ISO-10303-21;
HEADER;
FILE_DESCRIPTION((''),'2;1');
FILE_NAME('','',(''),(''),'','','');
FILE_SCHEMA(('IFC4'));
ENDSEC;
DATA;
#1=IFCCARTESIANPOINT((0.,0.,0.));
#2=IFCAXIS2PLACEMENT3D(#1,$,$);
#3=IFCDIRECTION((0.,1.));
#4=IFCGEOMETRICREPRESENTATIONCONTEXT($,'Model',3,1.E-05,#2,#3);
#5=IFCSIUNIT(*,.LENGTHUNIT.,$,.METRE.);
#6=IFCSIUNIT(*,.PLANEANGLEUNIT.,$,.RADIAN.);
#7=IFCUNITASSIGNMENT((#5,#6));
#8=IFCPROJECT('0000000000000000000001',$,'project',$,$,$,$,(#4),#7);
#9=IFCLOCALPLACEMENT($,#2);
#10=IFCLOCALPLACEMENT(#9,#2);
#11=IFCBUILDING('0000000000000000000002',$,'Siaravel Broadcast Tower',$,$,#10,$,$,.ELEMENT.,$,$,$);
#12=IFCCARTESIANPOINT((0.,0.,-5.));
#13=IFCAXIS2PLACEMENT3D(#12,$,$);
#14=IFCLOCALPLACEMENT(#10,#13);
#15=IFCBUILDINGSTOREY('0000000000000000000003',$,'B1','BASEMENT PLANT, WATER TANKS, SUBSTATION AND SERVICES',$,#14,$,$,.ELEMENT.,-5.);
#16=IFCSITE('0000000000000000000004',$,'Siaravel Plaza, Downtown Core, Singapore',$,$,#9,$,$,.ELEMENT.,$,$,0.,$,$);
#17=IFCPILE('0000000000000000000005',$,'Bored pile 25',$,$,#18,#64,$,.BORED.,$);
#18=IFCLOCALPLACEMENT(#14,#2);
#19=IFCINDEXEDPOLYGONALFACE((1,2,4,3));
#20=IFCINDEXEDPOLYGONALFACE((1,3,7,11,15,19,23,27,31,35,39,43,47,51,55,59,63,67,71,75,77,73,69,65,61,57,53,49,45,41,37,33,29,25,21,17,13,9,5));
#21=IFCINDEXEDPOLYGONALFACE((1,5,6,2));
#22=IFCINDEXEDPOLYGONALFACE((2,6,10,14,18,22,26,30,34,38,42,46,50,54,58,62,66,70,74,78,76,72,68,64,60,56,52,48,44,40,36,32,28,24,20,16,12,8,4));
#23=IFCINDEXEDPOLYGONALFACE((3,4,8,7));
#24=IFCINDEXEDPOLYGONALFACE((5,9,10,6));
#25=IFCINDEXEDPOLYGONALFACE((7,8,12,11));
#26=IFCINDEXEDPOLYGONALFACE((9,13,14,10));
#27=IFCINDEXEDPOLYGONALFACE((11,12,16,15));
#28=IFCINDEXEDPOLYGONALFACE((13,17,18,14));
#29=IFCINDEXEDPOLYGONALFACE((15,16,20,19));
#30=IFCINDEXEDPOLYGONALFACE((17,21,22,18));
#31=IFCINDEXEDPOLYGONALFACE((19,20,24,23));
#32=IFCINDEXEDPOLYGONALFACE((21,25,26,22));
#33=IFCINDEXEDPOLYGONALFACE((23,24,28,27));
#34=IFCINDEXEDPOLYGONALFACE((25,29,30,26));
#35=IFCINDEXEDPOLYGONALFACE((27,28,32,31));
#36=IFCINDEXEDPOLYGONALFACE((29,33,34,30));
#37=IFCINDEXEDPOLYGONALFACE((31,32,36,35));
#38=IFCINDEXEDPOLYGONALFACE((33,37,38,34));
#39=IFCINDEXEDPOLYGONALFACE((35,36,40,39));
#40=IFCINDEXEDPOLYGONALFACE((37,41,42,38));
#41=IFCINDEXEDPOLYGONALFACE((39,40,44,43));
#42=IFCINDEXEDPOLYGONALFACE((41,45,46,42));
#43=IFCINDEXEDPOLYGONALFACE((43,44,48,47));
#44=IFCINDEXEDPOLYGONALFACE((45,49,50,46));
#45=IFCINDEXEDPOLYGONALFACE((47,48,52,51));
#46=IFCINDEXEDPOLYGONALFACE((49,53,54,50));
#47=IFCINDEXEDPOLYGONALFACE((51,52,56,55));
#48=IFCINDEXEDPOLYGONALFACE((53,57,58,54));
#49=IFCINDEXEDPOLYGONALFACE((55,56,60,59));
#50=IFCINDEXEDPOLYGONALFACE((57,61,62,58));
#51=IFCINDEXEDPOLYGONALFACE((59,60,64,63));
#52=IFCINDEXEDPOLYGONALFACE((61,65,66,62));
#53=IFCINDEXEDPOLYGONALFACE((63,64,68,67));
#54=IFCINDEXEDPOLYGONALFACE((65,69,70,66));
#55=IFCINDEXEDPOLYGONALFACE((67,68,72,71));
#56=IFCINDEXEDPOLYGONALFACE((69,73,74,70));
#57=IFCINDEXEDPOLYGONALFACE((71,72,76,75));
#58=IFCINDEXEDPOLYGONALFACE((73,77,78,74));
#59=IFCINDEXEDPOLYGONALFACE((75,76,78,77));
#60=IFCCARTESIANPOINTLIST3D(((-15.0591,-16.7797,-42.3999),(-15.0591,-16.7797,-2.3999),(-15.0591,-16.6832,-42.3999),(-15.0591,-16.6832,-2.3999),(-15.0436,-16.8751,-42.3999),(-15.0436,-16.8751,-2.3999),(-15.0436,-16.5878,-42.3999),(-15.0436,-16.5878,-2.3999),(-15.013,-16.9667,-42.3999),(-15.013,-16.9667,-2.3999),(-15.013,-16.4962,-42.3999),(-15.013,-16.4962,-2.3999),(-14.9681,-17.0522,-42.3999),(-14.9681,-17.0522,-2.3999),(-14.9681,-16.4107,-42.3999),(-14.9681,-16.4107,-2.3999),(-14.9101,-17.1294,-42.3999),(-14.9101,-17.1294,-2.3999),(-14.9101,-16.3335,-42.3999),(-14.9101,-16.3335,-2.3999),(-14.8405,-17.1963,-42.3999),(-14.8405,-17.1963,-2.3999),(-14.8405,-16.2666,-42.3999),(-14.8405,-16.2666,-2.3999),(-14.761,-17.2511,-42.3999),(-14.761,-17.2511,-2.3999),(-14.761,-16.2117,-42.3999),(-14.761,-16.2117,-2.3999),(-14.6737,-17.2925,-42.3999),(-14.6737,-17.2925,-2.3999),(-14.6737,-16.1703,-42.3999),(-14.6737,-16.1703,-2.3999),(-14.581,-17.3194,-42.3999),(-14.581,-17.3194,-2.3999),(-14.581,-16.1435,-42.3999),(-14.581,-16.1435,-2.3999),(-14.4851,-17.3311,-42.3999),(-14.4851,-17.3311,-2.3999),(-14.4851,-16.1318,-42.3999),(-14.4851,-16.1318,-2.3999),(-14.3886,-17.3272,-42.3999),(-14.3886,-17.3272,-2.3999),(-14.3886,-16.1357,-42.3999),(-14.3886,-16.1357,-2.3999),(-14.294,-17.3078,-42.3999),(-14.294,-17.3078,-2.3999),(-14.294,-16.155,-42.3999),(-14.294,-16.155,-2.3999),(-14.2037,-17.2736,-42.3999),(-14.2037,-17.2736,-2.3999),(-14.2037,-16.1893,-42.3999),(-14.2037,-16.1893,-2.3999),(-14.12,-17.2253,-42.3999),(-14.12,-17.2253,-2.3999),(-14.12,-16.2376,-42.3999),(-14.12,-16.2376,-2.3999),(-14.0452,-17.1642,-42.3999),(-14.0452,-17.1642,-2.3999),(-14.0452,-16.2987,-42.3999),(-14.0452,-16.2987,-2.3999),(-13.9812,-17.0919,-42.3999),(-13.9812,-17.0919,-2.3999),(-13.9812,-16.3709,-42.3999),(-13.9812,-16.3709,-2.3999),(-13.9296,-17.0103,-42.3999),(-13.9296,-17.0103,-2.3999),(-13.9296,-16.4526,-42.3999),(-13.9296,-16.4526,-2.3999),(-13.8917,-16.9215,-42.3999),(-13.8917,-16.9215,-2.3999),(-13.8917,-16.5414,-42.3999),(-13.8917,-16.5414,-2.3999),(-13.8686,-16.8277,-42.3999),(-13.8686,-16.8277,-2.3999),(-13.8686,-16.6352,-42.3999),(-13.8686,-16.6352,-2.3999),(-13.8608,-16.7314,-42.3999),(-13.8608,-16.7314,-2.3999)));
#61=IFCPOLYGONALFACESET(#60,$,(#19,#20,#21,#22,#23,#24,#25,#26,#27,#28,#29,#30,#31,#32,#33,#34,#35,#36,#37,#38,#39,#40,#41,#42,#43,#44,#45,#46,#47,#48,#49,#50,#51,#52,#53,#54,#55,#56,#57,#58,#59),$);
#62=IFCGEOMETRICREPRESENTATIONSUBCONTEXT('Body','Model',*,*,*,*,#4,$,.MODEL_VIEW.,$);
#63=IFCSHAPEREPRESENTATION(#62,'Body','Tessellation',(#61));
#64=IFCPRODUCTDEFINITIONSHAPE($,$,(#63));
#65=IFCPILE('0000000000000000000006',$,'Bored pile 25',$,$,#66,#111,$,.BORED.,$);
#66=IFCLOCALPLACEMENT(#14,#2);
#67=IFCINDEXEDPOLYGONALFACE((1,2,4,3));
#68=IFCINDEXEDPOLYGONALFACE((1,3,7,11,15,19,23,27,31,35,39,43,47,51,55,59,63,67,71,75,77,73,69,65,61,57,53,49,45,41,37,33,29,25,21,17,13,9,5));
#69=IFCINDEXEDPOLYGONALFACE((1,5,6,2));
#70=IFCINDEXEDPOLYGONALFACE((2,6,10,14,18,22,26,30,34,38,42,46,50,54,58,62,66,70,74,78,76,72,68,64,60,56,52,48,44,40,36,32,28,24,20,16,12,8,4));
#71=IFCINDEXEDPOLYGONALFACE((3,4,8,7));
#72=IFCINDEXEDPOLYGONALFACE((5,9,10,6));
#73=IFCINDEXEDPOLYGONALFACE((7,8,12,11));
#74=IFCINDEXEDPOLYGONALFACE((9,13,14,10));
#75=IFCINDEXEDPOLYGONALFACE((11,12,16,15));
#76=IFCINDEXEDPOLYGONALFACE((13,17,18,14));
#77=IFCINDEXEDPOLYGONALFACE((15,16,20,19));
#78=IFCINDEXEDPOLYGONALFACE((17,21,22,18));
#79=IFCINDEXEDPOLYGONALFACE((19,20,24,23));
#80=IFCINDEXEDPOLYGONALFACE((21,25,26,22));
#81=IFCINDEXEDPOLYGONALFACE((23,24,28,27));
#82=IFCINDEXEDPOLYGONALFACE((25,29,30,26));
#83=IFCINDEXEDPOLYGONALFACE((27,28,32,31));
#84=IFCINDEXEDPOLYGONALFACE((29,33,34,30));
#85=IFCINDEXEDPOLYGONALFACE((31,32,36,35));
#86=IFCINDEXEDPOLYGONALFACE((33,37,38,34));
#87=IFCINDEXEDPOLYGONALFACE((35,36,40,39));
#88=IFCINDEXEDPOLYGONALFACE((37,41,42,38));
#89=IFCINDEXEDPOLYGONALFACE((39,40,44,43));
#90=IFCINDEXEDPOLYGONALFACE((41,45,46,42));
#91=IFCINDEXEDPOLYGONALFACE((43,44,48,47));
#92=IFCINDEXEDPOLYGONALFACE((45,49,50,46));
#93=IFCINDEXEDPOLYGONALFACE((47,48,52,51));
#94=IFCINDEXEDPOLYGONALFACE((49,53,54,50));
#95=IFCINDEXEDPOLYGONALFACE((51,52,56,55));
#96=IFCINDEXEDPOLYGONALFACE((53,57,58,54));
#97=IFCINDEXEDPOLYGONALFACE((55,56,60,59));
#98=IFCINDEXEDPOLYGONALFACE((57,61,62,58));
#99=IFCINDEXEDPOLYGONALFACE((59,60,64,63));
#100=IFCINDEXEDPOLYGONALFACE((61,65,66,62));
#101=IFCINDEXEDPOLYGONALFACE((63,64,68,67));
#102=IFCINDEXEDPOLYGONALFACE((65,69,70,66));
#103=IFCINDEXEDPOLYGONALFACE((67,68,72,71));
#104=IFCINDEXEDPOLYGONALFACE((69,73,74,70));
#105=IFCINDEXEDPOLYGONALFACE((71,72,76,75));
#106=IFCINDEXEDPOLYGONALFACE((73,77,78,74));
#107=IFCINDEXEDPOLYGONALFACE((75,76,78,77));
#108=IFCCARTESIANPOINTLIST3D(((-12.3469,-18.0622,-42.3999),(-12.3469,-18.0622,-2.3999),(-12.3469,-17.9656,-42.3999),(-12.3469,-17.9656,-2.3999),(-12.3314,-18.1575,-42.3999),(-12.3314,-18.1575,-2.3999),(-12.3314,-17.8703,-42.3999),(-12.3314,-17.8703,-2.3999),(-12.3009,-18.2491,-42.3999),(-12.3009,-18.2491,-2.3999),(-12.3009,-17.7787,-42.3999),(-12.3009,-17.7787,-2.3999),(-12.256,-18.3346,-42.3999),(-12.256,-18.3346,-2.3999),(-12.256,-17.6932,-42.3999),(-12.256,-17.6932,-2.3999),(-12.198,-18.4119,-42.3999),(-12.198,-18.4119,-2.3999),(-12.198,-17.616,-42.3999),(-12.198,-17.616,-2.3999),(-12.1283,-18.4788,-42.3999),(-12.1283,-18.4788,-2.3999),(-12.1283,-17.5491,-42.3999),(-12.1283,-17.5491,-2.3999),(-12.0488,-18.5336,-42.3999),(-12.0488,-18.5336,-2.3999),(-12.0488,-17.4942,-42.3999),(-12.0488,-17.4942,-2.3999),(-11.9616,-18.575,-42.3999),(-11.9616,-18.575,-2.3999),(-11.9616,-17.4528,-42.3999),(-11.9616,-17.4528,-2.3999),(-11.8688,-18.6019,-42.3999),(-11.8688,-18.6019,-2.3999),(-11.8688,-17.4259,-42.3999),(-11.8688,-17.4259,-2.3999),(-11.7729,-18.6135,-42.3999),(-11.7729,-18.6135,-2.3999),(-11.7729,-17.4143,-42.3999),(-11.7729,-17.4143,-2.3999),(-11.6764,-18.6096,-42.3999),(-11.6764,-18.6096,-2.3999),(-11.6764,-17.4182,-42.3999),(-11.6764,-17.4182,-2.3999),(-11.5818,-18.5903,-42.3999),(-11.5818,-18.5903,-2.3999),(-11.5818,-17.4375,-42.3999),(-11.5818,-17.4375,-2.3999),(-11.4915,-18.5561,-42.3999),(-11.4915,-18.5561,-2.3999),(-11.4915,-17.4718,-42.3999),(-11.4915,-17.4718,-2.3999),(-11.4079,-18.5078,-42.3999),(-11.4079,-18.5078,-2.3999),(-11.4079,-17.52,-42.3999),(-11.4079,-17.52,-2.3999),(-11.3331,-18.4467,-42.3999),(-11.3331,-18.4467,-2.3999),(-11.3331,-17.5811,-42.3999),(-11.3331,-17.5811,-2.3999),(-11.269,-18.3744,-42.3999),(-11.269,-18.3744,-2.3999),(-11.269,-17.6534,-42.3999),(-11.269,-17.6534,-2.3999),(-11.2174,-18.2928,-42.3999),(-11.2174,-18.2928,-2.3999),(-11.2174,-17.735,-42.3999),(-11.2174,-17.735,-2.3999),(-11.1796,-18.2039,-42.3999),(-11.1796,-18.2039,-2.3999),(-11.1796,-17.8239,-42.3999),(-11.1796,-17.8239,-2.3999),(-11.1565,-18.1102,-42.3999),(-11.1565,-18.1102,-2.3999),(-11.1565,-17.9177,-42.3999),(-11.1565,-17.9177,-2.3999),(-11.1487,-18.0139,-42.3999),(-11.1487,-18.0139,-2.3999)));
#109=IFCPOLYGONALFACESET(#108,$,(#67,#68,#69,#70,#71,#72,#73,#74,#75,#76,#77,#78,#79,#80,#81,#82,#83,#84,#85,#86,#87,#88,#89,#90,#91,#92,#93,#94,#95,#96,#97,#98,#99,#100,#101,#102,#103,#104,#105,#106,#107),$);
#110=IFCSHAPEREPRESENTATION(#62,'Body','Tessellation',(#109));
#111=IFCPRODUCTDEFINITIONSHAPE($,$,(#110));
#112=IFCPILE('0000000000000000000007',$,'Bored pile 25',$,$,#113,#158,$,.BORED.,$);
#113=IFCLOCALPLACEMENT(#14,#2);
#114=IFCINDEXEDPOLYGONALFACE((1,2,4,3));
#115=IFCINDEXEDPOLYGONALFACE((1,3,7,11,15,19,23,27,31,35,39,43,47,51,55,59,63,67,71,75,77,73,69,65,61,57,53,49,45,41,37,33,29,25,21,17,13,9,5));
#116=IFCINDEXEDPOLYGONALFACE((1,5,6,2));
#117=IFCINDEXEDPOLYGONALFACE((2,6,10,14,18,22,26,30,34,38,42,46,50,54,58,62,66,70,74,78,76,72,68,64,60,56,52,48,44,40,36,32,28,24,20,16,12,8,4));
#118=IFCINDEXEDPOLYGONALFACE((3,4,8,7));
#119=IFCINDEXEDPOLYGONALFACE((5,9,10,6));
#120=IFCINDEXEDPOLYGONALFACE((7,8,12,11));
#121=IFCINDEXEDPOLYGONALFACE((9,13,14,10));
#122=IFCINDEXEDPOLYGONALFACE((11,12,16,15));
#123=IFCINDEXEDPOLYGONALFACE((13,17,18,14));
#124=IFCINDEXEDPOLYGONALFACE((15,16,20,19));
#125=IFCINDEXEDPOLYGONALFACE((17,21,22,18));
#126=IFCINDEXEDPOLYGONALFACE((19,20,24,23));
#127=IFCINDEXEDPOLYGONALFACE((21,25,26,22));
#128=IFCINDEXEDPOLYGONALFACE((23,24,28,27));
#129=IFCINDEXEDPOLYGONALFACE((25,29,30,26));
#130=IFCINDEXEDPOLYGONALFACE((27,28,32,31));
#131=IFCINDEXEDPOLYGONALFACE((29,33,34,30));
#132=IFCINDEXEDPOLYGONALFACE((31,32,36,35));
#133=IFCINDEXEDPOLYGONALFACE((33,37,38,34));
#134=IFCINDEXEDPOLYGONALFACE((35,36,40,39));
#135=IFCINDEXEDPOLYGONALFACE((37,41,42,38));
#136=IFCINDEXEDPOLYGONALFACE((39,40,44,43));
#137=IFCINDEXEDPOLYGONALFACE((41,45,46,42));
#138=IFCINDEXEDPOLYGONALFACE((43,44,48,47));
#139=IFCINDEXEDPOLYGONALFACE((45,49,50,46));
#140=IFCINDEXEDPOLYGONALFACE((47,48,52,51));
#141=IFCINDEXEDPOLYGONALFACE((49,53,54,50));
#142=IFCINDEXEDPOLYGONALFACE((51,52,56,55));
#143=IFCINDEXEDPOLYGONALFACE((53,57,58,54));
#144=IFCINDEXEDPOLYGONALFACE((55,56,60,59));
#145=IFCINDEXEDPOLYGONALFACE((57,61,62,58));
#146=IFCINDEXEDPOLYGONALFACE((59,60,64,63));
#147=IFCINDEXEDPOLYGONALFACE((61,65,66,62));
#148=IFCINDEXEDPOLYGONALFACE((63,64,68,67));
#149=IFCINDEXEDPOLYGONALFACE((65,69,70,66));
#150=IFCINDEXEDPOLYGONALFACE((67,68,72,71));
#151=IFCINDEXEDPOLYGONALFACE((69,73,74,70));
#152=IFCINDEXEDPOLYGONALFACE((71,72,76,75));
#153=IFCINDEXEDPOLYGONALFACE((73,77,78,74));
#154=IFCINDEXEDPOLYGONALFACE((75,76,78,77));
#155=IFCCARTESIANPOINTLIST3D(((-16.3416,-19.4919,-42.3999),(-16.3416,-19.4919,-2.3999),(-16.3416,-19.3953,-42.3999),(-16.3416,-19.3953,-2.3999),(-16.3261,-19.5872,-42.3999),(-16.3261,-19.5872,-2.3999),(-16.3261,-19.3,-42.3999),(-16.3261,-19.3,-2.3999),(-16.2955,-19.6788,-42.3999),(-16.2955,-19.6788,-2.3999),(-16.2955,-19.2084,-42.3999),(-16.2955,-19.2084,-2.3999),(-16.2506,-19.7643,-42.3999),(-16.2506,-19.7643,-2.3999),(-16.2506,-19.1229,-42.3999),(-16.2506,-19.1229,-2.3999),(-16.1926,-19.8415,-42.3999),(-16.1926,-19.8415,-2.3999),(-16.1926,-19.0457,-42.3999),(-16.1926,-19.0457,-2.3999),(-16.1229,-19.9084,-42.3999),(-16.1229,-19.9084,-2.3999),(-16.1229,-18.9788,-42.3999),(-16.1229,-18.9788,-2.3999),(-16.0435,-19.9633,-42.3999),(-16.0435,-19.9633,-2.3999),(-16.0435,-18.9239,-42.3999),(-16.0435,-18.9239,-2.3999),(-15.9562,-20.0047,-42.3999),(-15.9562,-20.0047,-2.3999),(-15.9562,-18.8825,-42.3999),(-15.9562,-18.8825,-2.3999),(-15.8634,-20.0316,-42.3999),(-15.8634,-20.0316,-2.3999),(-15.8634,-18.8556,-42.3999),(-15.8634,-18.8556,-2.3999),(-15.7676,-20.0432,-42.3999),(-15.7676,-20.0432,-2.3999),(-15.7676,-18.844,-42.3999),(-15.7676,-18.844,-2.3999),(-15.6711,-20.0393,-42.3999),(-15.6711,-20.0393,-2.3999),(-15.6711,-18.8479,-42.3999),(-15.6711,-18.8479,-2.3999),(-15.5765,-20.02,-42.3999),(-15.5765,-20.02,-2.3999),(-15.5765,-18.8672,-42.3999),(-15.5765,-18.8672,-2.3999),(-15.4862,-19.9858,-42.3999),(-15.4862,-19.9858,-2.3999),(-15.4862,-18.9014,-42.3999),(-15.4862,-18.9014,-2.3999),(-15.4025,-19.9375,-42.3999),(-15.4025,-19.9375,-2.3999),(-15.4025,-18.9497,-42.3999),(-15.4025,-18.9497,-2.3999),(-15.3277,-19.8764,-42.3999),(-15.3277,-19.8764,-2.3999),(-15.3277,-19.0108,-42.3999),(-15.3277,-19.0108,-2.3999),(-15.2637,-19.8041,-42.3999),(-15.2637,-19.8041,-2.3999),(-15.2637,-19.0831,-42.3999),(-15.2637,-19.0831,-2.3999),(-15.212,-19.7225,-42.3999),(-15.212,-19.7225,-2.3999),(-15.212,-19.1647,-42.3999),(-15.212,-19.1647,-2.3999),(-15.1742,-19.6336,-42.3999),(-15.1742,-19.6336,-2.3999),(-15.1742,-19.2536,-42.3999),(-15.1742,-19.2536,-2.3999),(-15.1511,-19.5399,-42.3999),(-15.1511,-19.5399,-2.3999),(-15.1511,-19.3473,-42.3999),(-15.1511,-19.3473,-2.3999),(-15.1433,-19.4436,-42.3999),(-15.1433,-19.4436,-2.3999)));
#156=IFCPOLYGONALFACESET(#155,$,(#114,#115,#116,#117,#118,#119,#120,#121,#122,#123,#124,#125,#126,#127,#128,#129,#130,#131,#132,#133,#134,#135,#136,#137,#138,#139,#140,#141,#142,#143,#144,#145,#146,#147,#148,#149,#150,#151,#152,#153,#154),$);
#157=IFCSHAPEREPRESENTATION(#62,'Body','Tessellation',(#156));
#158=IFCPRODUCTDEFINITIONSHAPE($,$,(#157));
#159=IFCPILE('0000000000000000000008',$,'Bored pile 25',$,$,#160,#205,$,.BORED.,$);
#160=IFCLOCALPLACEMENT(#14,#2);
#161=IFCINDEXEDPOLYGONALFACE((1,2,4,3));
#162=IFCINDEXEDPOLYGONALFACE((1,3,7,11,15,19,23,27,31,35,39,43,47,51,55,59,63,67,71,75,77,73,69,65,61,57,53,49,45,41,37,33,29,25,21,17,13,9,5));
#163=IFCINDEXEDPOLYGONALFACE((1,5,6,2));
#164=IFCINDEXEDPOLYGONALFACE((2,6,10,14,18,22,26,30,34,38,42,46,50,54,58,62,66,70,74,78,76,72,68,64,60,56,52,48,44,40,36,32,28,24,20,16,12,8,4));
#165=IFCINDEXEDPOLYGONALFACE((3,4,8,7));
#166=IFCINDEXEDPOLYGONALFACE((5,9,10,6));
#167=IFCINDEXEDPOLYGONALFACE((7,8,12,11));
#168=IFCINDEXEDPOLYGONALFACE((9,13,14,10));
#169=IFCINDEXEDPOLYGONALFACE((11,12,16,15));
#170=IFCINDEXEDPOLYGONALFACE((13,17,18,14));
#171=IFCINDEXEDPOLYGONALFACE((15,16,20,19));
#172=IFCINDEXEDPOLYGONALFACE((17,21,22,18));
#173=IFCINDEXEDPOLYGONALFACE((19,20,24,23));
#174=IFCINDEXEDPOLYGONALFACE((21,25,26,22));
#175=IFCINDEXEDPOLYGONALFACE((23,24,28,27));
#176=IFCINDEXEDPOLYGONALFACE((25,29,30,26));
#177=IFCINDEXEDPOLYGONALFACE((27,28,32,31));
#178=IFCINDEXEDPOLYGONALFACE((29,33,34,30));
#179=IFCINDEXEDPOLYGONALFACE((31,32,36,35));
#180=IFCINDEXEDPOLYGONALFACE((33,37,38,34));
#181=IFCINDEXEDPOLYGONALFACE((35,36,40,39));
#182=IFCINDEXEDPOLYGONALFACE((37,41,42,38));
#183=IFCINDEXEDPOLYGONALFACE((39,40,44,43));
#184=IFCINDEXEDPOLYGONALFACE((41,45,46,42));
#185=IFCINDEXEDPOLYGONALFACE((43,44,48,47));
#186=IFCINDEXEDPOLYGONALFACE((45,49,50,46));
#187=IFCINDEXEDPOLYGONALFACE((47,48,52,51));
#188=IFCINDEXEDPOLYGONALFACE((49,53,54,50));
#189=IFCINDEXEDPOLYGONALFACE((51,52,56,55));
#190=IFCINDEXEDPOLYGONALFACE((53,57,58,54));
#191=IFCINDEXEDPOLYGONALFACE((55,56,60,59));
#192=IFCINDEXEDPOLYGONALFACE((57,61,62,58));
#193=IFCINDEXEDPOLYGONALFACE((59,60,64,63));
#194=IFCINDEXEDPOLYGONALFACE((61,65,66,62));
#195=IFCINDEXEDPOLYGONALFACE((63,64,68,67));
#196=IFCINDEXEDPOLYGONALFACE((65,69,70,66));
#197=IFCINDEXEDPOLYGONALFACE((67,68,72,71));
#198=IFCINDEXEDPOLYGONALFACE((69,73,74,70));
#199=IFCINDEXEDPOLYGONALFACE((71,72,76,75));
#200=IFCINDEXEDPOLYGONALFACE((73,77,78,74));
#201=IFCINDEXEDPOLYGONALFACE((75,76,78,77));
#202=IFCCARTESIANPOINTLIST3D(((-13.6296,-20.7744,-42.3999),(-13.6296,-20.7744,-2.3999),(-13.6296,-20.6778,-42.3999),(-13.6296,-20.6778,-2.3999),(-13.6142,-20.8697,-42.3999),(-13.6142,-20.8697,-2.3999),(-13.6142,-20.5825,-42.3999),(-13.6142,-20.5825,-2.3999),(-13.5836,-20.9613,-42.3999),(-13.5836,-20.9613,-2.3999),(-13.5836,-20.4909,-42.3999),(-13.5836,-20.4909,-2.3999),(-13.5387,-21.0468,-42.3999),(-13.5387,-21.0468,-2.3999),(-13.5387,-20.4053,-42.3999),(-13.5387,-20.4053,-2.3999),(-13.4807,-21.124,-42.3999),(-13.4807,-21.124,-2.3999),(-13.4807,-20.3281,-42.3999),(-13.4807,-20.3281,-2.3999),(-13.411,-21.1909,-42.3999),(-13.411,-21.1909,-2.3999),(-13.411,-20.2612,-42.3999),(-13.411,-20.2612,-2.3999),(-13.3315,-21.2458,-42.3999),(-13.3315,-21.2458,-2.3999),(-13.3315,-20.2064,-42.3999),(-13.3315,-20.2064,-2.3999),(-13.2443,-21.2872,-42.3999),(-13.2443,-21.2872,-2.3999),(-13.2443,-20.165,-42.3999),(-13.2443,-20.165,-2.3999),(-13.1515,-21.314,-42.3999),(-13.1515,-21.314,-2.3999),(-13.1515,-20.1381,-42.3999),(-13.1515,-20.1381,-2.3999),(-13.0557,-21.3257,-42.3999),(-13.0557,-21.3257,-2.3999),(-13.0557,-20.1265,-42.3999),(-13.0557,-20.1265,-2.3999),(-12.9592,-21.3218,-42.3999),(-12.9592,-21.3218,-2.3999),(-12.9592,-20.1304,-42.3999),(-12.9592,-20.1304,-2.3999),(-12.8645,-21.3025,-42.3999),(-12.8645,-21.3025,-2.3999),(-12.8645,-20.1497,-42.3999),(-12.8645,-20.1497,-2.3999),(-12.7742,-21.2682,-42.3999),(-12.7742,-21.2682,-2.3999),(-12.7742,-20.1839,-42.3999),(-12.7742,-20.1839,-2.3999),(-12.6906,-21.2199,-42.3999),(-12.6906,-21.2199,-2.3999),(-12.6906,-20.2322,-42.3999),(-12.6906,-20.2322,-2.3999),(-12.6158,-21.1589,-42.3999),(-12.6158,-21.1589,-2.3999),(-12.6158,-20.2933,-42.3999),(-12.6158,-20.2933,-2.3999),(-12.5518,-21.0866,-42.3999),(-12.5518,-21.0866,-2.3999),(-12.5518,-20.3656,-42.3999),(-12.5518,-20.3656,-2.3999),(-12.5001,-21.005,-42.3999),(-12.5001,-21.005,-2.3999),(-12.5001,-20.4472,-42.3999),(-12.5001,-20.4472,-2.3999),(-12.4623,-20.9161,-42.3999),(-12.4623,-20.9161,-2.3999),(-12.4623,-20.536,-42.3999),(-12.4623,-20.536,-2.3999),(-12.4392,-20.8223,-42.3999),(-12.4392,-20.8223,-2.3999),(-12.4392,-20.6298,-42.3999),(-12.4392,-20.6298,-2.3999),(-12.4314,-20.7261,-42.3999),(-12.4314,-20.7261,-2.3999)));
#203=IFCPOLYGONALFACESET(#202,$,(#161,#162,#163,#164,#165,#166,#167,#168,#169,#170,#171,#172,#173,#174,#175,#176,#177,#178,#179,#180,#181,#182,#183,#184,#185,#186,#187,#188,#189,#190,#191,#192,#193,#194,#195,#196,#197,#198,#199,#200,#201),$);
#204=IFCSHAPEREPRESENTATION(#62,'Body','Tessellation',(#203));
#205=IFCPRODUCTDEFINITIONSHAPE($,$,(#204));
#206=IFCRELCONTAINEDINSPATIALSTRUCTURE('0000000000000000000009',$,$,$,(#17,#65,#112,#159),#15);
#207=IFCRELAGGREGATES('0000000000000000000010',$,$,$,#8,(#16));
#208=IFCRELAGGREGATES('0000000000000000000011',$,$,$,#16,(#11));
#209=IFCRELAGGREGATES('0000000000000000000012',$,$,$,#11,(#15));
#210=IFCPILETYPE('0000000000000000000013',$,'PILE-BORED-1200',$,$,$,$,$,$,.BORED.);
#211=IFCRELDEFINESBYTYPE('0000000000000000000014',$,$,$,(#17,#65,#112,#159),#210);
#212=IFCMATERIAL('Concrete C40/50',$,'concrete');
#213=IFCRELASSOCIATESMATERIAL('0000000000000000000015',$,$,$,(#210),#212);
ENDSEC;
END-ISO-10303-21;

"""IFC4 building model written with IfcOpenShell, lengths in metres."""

from ifc_helpers import new_model, si_unit, direction, frame, origin, origin_2d, place, context, subcontext, project, spatial, circle, extrude, material, material_profile, profile_set, type_object, element, save


model = new_model("IFC4")

# Units and contexts
model_context = context("Model", 3, precision=1e-05, world=origin(), true_north=direction((0.0, 1.0)))
body_context = subcontext(model_context, "Body", "Model", "MODEL_VIEW")
ifc_project = project(units=[si_unit("LENGTHUNIT", "METRE"), si_unit("PLANEANGLEUNIT", "RADIAN")], contexts=[model_context])

# Site, building, storey
site_placement = place(None, origin())
site = spatial("IfcSite", under=ifc_project, at=site_placement, Name="Siaravel Plaza, Downtown Core, Singapore", CompositionType="ELEMENT", RefElevation=0.0)
building_placement = place(site_placement, origin())
building = spatial("IfcBuilding", under=site, at=building_placement, Name="Siaravel Broadcast Tower", CompositionType="ELEMENT")
storey_placement = place(building_placement, frame((0.0, 0.0, -5.0)))
storey = spatial("IfcBuildingStorey", under=building, at=storey_placement, Name="B1", Description="BASEMENT PLANT, WATER TANKS, SUBSTATION AND SERVICES", CompositionType="ELEMENT", Elevation=-5.0)

# Shared definitions
ifc_material_1 = material(Name="Concrete C40/50", Category="concrete")

# Piles
ifc_material_profile_1 = material_profile(ifc_material_1, circle(Radius=0.6001, at=origin_2d()))
ifc_profile_set_1 = profile_set([ifc_material_profile_1], Name="Concrete C40/50")
pile_type = type_object("IfcPileType", Name="PILE-BORED-1200", PredefinedType="BORED", material=ifc_profile_set_1)
for number, where, z_axis, x_axis, name in (
    (1, (-14.4609, -16.7314, -2.3999), (0.0, 0.0, -1.0), (1.0, 0.0, 0.0), "Bored pile 25"),
    (2, (-11.7488, -18.0139, -2.3999), (0.0, 0.0, -1.0), (1.0, 0.0, 0.0), "Bored pile 25"),
    (3, (-15.7434, -19.4436, -2.3999), (0.0, 0.0, -1.0), (1.0, 0.0, 0.0), "Bored pile 25"),
    (4, (-13.0315, -20.7261, -2.3999), (0.0, 0.0, -1.0), (1.0, 0.0, 0.0), "Bored pile 25"),
):
    element("IfcPile", number, at=place(storey_placement, frame(where, z_axis=z_axis, x_axis=x_axis)), inside=storey, type_object=pile_type, Name=name, PredefinedType="BORED", context=body_context, shape_type="SweptSolid", body=[
        extrude(circle(Radius=0.6001, at=origin_2d()), origin(), (0.0, 0.0, 1.0), 40.0),
    ])

save(model, "model.ifc")
